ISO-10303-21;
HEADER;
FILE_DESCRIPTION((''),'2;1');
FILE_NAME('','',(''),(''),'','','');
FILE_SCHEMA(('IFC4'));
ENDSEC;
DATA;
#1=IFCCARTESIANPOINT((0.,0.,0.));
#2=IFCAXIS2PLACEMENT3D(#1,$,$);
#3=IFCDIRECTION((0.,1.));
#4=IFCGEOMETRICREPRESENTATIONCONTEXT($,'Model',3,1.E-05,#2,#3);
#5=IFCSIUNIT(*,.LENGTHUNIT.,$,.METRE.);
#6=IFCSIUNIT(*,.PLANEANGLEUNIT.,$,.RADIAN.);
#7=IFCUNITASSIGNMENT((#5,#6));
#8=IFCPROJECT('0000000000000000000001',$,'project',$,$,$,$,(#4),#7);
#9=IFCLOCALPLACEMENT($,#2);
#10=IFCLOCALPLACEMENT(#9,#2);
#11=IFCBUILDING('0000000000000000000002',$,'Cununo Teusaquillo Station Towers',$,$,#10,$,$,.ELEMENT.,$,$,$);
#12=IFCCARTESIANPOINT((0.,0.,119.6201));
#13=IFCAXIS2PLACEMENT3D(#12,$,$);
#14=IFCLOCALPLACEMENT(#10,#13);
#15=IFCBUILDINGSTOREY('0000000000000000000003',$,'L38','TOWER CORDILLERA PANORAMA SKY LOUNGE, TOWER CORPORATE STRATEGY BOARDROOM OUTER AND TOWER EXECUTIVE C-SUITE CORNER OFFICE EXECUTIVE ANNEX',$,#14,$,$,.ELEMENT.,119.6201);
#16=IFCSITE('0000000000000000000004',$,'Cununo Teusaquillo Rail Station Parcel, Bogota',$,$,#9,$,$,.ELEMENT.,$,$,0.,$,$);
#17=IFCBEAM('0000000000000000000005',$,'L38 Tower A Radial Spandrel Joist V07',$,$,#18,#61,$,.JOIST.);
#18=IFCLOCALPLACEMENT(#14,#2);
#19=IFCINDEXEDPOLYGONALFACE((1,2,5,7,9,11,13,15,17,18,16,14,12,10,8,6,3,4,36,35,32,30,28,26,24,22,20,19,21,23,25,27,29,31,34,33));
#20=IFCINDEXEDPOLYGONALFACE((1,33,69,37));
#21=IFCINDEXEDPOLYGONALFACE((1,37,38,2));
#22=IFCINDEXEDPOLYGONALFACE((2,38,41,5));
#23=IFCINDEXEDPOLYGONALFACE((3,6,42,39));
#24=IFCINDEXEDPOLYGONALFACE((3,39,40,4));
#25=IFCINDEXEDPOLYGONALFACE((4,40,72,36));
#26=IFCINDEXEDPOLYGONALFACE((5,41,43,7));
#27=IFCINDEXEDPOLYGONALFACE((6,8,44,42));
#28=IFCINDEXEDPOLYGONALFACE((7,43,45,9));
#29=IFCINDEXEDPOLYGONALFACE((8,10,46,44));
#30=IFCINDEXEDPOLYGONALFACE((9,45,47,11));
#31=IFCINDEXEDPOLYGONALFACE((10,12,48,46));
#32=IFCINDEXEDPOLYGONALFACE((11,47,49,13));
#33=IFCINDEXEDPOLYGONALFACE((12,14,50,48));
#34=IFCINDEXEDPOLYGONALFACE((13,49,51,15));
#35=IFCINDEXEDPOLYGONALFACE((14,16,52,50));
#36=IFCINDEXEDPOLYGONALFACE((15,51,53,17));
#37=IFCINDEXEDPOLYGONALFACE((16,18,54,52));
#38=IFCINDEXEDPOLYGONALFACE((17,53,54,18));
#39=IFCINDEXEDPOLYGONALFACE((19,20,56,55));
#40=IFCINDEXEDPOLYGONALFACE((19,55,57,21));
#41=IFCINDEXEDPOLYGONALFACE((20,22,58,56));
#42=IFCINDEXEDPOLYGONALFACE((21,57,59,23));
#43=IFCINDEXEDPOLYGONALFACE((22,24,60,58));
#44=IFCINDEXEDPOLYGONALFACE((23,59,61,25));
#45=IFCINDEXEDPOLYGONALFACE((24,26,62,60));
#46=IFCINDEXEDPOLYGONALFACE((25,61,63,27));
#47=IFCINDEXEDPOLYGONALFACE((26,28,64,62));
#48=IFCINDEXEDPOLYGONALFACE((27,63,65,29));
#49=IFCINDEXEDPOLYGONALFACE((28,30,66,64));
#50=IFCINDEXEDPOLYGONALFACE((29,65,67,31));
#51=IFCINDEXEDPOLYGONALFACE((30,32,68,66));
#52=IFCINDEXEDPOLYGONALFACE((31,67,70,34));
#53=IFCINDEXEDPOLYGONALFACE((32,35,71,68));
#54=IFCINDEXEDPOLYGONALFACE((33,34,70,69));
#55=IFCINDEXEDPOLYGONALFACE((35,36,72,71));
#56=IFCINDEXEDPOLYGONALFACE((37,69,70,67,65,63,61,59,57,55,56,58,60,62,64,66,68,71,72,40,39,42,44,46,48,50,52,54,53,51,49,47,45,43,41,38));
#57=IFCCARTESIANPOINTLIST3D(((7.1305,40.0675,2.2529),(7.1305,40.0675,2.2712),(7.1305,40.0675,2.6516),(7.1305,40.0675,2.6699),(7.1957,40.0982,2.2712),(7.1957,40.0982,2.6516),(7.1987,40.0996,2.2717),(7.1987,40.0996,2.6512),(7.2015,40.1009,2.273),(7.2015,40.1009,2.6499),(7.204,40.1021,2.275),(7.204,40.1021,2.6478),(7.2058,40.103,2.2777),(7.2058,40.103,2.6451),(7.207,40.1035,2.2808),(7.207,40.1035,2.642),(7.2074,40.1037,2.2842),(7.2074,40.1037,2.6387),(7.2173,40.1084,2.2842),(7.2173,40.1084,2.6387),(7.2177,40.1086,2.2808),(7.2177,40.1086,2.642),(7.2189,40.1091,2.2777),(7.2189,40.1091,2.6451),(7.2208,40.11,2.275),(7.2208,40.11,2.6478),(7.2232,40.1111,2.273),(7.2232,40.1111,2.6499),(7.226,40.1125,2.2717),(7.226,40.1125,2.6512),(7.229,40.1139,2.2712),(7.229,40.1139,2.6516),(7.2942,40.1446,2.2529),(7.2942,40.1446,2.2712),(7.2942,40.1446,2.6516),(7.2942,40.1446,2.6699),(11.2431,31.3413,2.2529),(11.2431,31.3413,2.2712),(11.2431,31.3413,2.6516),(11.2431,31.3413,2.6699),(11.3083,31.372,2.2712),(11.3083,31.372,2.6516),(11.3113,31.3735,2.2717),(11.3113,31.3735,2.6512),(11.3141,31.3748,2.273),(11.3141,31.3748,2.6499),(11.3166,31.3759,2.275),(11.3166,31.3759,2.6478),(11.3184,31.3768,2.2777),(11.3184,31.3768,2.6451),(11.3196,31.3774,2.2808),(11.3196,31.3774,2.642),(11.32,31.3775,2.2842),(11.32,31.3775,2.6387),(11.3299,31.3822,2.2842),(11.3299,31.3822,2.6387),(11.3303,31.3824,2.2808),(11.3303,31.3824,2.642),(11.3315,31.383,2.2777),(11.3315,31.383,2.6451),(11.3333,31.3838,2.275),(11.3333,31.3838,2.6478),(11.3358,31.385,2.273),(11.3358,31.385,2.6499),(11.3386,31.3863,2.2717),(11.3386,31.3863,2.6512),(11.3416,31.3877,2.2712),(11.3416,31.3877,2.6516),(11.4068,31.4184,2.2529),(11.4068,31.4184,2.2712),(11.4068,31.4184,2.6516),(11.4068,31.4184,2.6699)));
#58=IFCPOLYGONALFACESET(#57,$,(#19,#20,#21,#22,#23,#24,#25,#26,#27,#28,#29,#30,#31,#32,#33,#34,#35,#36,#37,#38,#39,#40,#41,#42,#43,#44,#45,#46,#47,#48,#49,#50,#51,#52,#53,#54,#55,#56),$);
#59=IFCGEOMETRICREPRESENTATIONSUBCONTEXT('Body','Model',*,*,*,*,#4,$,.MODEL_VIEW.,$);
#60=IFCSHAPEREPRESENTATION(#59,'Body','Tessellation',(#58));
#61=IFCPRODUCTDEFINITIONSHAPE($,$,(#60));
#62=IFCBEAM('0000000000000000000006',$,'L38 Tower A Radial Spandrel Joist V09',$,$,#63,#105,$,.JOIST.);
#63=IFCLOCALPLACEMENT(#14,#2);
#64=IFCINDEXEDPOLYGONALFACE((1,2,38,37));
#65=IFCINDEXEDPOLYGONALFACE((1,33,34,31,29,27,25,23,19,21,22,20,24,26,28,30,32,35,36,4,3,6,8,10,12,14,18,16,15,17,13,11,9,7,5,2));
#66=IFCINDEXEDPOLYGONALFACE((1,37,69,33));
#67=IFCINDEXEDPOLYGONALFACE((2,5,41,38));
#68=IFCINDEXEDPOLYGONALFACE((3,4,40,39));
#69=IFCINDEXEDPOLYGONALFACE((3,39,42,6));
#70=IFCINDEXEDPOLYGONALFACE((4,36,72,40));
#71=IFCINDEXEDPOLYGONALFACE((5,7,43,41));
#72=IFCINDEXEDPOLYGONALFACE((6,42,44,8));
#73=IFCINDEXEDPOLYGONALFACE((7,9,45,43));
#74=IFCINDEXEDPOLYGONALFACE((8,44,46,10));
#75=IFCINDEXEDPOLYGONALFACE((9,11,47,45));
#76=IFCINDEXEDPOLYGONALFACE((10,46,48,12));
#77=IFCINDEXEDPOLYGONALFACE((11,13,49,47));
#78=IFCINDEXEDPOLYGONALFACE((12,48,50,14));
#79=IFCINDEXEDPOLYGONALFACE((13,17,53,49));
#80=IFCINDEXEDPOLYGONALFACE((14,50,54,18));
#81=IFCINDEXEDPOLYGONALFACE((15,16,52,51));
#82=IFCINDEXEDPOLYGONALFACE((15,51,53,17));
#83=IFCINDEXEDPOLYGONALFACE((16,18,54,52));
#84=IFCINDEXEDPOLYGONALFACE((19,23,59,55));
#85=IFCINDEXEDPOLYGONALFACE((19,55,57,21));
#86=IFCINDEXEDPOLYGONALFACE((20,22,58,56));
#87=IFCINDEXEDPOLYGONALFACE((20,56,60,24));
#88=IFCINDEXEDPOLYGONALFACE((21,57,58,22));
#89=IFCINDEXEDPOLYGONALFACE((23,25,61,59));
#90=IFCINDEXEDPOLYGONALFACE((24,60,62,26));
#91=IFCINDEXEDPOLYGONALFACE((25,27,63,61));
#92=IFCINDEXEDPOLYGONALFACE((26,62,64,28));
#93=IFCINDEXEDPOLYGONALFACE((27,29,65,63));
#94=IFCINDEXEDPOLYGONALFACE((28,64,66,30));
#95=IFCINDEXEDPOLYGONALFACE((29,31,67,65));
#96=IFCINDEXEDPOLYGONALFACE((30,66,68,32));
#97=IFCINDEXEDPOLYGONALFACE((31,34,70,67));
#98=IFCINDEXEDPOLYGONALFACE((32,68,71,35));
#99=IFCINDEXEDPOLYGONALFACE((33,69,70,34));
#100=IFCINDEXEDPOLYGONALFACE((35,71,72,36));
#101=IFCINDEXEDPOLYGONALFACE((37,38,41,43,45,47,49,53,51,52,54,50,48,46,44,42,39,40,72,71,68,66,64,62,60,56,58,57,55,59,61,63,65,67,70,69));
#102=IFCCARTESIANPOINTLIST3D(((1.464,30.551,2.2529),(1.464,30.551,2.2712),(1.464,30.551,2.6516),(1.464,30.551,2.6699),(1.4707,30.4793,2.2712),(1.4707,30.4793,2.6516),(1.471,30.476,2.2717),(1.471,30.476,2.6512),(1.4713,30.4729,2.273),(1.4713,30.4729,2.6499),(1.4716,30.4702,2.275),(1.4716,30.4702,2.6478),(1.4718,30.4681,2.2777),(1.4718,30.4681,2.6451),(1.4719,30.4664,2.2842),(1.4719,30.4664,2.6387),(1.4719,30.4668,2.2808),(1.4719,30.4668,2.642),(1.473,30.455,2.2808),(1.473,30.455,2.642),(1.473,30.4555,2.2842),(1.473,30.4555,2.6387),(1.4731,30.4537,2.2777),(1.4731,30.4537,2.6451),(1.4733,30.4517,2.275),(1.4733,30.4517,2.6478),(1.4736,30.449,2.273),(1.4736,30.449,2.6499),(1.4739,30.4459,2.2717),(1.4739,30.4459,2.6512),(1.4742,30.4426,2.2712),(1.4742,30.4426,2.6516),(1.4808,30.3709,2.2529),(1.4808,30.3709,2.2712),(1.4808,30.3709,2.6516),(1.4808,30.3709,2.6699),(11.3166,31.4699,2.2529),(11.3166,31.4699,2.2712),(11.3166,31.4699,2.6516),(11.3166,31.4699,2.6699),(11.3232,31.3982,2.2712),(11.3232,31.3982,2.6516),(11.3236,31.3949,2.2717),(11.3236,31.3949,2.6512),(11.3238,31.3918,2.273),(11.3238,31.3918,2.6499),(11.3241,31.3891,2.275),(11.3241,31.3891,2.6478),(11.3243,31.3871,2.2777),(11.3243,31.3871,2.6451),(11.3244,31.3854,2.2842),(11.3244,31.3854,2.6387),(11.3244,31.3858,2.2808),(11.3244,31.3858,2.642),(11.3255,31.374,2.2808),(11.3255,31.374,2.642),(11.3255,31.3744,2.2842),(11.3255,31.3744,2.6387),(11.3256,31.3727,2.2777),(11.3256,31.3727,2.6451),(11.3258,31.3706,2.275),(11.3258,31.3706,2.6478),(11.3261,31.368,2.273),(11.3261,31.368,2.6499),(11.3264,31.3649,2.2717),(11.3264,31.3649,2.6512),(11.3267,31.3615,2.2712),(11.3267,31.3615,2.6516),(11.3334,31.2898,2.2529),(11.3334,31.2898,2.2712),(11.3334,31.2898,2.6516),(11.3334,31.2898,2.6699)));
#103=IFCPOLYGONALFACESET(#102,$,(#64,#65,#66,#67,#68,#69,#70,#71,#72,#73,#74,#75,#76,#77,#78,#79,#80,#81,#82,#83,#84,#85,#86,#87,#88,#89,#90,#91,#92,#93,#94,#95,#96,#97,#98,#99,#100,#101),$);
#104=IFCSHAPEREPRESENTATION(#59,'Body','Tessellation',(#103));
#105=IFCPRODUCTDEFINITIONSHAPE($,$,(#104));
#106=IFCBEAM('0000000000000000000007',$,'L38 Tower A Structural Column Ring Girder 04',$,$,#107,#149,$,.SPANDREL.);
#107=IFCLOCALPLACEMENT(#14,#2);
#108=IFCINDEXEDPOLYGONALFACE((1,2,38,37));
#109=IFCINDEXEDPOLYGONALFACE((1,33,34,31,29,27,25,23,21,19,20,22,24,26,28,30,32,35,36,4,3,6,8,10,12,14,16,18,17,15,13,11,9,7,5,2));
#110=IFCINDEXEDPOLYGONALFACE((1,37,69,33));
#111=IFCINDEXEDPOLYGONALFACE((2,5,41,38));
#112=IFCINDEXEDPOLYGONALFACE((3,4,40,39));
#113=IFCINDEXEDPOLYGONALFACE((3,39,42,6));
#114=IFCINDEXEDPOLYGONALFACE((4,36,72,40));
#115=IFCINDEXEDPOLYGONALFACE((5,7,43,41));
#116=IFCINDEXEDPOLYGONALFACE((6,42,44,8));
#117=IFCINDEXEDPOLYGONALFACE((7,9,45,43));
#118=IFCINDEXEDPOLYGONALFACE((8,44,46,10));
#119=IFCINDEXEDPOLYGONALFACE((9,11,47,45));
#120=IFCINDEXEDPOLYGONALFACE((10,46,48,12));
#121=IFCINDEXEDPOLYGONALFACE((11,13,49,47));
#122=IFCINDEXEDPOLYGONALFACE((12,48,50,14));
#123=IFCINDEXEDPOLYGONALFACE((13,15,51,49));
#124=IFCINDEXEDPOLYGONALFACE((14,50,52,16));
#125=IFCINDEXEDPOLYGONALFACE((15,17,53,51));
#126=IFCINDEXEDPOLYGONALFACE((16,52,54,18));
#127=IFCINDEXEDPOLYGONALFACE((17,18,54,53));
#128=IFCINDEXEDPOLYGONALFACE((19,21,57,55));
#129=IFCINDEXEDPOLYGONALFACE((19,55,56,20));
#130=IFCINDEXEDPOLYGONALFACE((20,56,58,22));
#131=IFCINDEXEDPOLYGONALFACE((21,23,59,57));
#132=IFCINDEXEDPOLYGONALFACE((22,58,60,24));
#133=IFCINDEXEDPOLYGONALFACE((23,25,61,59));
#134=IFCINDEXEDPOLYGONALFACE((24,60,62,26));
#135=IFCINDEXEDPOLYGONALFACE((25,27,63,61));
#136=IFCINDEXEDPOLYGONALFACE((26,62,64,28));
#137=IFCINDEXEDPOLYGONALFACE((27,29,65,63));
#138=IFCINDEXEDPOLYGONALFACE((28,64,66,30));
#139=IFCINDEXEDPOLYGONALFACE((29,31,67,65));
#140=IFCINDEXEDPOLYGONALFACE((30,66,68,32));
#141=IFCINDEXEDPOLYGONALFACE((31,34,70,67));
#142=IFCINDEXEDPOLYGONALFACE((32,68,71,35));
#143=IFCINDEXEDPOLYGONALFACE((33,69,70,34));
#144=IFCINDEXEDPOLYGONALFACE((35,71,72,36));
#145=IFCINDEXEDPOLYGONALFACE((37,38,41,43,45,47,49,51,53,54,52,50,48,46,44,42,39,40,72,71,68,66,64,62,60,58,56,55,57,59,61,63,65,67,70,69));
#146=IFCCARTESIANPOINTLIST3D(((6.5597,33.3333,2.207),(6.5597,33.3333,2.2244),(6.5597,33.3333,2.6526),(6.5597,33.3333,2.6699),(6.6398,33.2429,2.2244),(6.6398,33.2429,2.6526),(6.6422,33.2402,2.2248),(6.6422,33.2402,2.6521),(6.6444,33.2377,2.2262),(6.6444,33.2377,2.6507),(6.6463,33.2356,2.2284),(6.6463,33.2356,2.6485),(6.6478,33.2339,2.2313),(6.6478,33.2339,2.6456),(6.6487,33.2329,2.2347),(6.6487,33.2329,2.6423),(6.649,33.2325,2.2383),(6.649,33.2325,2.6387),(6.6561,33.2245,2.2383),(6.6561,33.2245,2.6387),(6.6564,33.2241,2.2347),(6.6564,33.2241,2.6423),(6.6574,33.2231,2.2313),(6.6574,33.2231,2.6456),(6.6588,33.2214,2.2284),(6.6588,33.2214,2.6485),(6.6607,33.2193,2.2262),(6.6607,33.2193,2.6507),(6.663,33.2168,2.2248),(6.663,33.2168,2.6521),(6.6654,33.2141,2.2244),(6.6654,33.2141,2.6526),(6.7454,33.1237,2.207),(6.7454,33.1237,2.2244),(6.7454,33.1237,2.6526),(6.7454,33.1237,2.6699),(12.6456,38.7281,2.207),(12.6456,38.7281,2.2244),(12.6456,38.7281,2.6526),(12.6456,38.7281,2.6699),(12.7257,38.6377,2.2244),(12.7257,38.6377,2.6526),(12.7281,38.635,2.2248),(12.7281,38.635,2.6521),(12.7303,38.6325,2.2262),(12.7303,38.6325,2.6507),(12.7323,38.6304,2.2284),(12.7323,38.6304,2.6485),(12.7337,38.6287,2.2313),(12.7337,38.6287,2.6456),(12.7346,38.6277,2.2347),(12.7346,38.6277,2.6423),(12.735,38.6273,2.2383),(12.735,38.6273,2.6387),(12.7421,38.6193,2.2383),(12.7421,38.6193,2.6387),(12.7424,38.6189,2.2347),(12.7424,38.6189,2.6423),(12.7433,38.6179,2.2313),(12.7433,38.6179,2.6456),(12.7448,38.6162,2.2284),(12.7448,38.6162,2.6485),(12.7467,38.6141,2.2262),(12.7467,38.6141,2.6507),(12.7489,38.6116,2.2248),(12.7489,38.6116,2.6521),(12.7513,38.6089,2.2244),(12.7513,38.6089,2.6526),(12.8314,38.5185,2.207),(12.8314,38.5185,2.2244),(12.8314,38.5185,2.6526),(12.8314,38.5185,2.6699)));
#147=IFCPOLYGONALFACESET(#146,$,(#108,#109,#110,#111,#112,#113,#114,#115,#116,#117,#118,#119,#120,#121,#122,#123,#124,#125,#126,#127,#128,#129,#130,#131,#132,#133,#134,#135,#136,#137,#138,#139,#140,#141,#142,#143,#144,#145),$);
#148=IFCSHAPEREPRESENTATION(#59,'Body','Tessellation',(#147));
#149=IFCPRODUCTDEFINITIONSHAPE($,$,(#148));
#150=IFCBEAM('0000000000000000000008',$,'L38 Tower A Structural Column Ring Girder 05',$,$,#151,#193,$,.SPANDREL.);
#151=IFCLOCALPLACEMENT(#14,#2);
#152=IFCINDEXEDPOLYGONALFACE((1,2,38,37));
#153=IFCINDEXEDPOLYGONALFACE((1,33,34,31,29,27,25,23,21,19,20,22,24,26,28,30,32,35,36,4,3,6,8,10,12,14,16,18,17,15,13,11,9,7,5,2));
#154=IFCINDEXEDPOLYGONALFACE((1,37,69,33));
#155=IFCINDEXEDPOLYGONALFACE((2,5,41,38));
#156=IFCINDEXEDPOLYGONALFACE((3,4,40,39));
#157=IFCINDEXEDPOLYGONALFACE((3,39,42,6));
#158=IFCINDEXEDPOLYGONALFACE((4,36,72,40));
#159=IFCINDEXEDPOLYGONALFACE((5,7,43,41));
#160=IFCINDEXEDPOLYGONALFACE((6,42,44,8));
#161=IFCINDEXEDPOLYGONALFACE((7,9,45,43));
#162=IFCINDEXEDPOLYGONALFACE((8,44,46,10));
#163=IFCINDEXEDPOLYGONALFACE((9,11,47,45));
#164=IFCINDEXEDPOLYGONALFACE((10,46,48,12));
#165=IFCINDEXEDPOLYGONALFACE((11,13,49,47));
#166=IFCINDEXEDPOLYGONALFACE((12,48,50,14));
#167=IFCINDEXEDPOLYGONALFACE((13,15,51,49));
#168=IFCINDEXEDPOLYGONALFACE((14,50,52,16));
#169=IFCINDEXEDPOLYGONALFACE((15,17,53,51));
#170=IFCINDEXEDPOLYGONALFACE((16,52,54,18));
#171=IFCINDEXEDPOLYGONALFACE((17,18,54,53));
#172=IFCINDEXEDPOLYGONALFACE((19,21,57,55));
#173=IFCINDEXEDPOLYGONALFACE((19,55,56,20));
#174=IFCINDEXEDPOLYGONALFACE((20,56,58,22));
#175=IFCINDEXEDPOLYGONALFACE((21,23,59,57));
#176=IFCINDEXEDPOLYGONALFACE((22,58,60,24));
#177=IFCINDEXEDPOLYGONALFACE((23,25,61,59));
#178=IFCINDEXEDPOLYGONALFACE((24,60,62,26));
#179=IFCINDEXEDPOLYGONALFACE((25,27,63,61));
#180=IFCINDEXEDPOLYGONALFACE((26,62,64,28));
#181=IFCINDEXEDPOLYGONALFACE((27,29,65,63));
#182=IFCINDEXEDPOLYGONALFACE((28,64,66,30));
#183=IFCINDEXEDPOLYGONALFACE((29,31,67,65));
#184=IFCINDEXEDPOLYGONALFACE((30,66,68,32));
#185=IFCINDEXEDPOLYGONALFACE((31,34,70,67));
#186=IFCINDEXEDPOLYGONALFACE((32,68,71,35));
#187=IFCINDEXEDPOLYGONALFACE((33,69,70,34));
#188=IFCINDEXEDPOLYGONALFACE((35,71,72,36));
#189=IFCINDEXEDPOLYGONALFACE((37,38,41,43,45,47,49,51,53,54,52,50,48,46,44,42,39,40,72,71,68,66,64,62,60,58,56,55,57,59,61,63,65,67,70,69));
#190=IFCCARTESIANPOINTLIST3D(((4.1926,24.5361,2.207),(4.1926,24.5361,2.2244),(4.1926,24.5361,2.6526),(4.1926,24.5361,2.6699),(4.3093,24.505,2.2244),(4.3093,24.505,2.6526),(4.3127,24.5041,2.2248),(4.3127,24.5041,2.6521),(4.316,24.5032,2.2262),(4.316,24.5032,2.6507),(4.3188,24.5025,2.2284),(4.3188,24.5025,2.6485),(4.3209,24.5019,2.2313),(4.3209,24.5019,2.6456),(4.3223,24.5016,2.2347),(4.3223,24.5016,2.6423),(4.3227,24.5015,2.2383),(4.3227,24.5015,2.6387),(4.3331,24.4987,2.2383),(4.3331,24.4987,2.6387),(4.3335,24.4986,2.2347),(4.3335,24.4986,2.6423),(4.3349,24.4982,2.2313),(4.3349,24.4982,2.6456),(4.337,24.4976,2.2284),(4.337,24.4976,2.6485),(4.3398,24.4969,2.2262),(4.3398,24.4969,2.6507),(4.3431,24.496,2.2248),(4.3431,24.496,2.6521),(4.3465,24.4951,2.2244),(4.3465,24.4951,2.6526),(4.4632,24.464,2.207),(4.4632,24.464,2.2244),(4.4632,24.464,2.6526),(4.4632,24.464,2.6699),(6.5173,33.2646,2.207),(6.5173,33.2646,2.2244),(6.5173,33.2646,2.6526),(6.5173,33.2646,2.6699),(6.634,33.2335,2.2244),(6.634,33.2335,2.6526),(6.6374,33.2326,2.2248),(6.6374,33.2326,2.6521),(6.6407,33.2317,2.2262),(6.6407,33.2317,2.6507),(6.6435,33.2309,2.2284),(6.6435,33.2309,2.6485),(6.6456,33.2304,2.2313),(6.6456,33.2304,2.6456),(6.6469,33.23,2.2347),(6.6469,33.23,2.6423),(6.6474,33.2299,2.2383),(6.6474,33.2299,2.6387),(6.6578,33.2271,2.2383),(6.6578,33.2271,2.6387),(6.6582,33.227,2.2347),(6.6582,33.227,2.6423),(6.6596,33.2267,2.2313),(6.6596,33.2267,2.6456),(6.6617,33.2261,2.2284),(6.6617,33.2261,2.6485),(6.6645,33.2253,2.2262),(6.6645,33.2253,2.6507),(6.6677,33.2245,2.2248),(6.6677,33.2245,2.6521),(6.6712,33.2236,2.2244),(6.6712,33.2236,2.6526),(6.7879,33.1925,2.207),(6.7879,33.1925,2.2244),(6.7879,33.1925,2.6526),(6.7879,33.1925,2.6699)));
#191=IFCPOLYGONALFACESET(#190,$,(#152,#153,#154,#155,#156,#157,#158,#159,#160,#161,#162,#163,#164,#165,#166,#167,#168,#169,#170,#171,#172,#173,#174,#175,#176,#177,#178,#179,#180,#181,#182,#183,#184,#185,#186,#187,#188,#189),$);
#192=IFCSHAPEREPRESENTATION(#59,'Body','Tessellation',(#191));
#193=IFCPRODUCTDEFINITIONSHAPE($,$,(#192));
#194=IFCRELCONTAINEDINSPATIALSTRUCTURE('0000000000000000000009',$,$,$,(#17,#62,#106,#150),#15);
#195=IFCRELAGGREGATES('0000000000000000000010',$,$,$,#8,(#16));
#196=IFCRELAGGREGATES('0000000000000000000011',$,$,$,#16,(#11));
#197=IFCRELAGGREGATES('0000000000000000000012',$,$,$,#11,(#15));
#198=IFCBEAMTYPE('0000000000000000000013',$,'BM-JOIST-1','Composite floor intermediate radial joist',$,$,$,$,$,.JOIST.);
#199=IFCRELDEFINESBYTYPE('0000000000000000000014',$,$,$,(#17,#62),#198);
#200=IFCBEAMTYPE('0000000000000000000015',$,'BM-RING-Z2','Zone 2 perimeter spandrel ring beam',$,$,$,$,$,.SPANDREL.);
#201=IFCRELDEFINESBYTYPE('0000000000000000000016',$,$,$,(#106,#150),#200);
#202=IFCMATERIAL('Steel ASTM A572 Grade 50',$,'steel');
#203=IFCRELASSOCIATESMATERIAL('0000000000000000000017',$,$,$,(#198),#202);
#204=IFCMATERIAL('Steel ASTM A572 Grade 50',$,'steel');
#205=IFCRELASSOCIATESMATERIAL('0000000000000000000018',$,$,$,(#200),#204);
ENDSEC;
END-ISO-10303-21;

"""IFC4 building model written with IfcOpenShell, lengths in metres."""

from ifc_helpers import new_model, si_unit, direction, frame, origin, origin_2d, place, context, subcontext, project, spatial, i_section, extrude, material, material_profile, profile_set, type_object, element, save


model = new_model("IFC4")

# Units and contexts
model_context = context("Model", 3, precision=1e-05, world=origin(), true_north=direction((0.0, 1.0)))
body_context = subcontext(model_context, "Body", "Model", "MODEL_VIEW")
ifc_project = project(units=[si_unit("LENGTHUNIT", "METRE"), si_unit("PLANEANGLEUNIT", "RADIAN")], contexts=[model_context])

# Site, building, storey
site_placement = place(None, origin())
site = spatial("IfcSite", under=ifc_project, at=site_placement, Name="Cununo Teusaquillo Rail Station Parcel, Bogota", CompositionType="ELEMENT", RefElevation=0.0)
building_placement = place(site_placement, origin())
building = spatial("IfcBuilding", under=site, at=building_placement, Name="Cununo Teusaquillo Station Towers", CompositionType="ELEMENT")
storey_placement = place(building_placement, frame((0.0, 0.0, 119.6201)))
storey = spatial("IfcBuildingStorey", under=building, at=storey_placement, Name="L38", Description="TOWER CORDILLERA PANORAMA SKY LOUNGE, TOWER CORPORATE STRATEGY BOARDROOM OUTER AND TOWER EXECUTIVE C-SUITE CORNER OFFICE EXECUTIVE ANNEX", CompositionType="ELEMENT", Elevation=119.6201)

# Beams
ifc_material_1 = material(Name="Steel ASTM A572 Grade 50", Category="steel")
ifc_material_profile_1 = material_profile(ifc_material_1, i_section(OverallWidth=0.1809, OverallDepth=0.417, WebThickness=0.011, FlangeThickness=0.0183, FilletRadius=0.0129, at=origin_2d()), Name="W16X57")
ifc_profile_set_1 = profile_set([ifc_material_profile_1], Name="Steel ASTM A572 Grade 50")
beam_type_1 = type_object("IfcBeamType", Name="BM-JOIST-1", Description="Composite floor intermediate radial joist", PredefinedType="JOIST", material=ifc_profile_set_1)
beam_1_placement = place(storey_placement, frame((11.325, 31.3799, 2.4614), z_axis=(-0.42632, 0.904572, 0.0), x_axis=(-0.904572, -0.42632, 0.0)))
element("IfcBeam", 1, at=beam_1_placement, inside=storey, type_object=beam_type_1, Name="L38 Tower A Radial Spandrel Joist V07", PredefinedType="JOIST", context=body_context, shape_type="SweptSolid", body=[
    extrude(i_section(OverallWidth=0.1809, OverallDepth=0.417, WebThickness=0.011, FlangeThickness=0.0183, FilletRadius=0.0129, at=origin_2d()), origin(), (0.0, 0.0, 1.0), 9.6467),
])
beam_2_placement = place(storey_placement, frame((11.325, 31.3799, 2.4614), z_axis=(-0.995679, -0.092867, 0.0), x_axis=(0.092867, -0.995679, 0.0)))
element("IfcBeam", 2, at=beam_2_placement, inside=storey, type_object=beam_type_1, Name="L38 Tower A Radial Spandrel Joist V09", PredefinedType="JOIST", context=body_context, shape_type="SweptSolid", body=[
    extrude(i_section(OverallWidth=0.1809, OverallDepth=0.417, WebThickness=0.011, FlangeThickness=0.0183, FilletRadius=0.0129, at=origin_2d()), origin(), (0.0, 0.0, 1.0), 9.8953),
])
ifc_material_2 = material(Name="Steel ASTM A572 Grade 50", Category="steel")
ifc_material_profile_2 = material_profile(ifc_material_2, i_section(OverallWidth=0.28, OverallDepth=0.4629, WebThickness=0.0107, FlangeThickness=0.0173, FilletRadius=0.0139, at=origin_2d()), Name="W18X76")
ifc_profile_set_2 = profile_set([ifc_material_profile_2], Name="Steel ASTM A572 Grade 50")
beam_type_2 = type_object("IfcBeamType", Name="BM-RING-Z2", Description="Zone 2 perimeter spandrel ring beam", PredefinedType="SPANDREL", material=ifc_profile_set_2)
beam_3_placement = place(storey_placement, frame((12.7385, 38.6233, 2.4385), z_axis=(-0.748321, -0.663337, 0.0), x_axis=(0.663337, -0.748321, 0.0)))
element("IfcBeam", 3, at=beam_3_placement, inside=storey, type_object=beam_type_2, Name="L38 Tower A Structural Column Ring Girder 04", PredefinedType="SPANDREL", context=body_context, shape_type="SweptSolid", body=[
    extrude(i_section(OverallWidth=0.28, OverallDepth=0.4629, WebThickness=0.0107, FlangeThickness=0.0173, FilletRadius=0.0139, at=origin_2d()), origin(), (0.0, 0.0, 1.0), 8.1328),
])
beam_4_placement = place(storey_placement, frame((6.6526, 33.2285, 2.4385), z_axis=(-0.257363, -0.966315, 0.0), x_axis=(0.966315, -0.257363, 0.0)))
element("IfcBeam", 4, at=beam_4_placement, inside=storey, type_object=beam_type_2, Name="L38 Tower A Structural Column Ring Girder 05", PredefinedType="SPANDREL", context=body_context, shape_type="SweptSolid", body=[
    extrude(i_section(OverallWidth=0.28, OverallDepth=0.4629, WebThickness=0.0107, FlangeThickness=0.0173, FilletRadius=0.0139, at=origin_2d()), origin(), (0.0, 0.0, 1.0), 9.0327),
])

save(model, "model.ifc")
